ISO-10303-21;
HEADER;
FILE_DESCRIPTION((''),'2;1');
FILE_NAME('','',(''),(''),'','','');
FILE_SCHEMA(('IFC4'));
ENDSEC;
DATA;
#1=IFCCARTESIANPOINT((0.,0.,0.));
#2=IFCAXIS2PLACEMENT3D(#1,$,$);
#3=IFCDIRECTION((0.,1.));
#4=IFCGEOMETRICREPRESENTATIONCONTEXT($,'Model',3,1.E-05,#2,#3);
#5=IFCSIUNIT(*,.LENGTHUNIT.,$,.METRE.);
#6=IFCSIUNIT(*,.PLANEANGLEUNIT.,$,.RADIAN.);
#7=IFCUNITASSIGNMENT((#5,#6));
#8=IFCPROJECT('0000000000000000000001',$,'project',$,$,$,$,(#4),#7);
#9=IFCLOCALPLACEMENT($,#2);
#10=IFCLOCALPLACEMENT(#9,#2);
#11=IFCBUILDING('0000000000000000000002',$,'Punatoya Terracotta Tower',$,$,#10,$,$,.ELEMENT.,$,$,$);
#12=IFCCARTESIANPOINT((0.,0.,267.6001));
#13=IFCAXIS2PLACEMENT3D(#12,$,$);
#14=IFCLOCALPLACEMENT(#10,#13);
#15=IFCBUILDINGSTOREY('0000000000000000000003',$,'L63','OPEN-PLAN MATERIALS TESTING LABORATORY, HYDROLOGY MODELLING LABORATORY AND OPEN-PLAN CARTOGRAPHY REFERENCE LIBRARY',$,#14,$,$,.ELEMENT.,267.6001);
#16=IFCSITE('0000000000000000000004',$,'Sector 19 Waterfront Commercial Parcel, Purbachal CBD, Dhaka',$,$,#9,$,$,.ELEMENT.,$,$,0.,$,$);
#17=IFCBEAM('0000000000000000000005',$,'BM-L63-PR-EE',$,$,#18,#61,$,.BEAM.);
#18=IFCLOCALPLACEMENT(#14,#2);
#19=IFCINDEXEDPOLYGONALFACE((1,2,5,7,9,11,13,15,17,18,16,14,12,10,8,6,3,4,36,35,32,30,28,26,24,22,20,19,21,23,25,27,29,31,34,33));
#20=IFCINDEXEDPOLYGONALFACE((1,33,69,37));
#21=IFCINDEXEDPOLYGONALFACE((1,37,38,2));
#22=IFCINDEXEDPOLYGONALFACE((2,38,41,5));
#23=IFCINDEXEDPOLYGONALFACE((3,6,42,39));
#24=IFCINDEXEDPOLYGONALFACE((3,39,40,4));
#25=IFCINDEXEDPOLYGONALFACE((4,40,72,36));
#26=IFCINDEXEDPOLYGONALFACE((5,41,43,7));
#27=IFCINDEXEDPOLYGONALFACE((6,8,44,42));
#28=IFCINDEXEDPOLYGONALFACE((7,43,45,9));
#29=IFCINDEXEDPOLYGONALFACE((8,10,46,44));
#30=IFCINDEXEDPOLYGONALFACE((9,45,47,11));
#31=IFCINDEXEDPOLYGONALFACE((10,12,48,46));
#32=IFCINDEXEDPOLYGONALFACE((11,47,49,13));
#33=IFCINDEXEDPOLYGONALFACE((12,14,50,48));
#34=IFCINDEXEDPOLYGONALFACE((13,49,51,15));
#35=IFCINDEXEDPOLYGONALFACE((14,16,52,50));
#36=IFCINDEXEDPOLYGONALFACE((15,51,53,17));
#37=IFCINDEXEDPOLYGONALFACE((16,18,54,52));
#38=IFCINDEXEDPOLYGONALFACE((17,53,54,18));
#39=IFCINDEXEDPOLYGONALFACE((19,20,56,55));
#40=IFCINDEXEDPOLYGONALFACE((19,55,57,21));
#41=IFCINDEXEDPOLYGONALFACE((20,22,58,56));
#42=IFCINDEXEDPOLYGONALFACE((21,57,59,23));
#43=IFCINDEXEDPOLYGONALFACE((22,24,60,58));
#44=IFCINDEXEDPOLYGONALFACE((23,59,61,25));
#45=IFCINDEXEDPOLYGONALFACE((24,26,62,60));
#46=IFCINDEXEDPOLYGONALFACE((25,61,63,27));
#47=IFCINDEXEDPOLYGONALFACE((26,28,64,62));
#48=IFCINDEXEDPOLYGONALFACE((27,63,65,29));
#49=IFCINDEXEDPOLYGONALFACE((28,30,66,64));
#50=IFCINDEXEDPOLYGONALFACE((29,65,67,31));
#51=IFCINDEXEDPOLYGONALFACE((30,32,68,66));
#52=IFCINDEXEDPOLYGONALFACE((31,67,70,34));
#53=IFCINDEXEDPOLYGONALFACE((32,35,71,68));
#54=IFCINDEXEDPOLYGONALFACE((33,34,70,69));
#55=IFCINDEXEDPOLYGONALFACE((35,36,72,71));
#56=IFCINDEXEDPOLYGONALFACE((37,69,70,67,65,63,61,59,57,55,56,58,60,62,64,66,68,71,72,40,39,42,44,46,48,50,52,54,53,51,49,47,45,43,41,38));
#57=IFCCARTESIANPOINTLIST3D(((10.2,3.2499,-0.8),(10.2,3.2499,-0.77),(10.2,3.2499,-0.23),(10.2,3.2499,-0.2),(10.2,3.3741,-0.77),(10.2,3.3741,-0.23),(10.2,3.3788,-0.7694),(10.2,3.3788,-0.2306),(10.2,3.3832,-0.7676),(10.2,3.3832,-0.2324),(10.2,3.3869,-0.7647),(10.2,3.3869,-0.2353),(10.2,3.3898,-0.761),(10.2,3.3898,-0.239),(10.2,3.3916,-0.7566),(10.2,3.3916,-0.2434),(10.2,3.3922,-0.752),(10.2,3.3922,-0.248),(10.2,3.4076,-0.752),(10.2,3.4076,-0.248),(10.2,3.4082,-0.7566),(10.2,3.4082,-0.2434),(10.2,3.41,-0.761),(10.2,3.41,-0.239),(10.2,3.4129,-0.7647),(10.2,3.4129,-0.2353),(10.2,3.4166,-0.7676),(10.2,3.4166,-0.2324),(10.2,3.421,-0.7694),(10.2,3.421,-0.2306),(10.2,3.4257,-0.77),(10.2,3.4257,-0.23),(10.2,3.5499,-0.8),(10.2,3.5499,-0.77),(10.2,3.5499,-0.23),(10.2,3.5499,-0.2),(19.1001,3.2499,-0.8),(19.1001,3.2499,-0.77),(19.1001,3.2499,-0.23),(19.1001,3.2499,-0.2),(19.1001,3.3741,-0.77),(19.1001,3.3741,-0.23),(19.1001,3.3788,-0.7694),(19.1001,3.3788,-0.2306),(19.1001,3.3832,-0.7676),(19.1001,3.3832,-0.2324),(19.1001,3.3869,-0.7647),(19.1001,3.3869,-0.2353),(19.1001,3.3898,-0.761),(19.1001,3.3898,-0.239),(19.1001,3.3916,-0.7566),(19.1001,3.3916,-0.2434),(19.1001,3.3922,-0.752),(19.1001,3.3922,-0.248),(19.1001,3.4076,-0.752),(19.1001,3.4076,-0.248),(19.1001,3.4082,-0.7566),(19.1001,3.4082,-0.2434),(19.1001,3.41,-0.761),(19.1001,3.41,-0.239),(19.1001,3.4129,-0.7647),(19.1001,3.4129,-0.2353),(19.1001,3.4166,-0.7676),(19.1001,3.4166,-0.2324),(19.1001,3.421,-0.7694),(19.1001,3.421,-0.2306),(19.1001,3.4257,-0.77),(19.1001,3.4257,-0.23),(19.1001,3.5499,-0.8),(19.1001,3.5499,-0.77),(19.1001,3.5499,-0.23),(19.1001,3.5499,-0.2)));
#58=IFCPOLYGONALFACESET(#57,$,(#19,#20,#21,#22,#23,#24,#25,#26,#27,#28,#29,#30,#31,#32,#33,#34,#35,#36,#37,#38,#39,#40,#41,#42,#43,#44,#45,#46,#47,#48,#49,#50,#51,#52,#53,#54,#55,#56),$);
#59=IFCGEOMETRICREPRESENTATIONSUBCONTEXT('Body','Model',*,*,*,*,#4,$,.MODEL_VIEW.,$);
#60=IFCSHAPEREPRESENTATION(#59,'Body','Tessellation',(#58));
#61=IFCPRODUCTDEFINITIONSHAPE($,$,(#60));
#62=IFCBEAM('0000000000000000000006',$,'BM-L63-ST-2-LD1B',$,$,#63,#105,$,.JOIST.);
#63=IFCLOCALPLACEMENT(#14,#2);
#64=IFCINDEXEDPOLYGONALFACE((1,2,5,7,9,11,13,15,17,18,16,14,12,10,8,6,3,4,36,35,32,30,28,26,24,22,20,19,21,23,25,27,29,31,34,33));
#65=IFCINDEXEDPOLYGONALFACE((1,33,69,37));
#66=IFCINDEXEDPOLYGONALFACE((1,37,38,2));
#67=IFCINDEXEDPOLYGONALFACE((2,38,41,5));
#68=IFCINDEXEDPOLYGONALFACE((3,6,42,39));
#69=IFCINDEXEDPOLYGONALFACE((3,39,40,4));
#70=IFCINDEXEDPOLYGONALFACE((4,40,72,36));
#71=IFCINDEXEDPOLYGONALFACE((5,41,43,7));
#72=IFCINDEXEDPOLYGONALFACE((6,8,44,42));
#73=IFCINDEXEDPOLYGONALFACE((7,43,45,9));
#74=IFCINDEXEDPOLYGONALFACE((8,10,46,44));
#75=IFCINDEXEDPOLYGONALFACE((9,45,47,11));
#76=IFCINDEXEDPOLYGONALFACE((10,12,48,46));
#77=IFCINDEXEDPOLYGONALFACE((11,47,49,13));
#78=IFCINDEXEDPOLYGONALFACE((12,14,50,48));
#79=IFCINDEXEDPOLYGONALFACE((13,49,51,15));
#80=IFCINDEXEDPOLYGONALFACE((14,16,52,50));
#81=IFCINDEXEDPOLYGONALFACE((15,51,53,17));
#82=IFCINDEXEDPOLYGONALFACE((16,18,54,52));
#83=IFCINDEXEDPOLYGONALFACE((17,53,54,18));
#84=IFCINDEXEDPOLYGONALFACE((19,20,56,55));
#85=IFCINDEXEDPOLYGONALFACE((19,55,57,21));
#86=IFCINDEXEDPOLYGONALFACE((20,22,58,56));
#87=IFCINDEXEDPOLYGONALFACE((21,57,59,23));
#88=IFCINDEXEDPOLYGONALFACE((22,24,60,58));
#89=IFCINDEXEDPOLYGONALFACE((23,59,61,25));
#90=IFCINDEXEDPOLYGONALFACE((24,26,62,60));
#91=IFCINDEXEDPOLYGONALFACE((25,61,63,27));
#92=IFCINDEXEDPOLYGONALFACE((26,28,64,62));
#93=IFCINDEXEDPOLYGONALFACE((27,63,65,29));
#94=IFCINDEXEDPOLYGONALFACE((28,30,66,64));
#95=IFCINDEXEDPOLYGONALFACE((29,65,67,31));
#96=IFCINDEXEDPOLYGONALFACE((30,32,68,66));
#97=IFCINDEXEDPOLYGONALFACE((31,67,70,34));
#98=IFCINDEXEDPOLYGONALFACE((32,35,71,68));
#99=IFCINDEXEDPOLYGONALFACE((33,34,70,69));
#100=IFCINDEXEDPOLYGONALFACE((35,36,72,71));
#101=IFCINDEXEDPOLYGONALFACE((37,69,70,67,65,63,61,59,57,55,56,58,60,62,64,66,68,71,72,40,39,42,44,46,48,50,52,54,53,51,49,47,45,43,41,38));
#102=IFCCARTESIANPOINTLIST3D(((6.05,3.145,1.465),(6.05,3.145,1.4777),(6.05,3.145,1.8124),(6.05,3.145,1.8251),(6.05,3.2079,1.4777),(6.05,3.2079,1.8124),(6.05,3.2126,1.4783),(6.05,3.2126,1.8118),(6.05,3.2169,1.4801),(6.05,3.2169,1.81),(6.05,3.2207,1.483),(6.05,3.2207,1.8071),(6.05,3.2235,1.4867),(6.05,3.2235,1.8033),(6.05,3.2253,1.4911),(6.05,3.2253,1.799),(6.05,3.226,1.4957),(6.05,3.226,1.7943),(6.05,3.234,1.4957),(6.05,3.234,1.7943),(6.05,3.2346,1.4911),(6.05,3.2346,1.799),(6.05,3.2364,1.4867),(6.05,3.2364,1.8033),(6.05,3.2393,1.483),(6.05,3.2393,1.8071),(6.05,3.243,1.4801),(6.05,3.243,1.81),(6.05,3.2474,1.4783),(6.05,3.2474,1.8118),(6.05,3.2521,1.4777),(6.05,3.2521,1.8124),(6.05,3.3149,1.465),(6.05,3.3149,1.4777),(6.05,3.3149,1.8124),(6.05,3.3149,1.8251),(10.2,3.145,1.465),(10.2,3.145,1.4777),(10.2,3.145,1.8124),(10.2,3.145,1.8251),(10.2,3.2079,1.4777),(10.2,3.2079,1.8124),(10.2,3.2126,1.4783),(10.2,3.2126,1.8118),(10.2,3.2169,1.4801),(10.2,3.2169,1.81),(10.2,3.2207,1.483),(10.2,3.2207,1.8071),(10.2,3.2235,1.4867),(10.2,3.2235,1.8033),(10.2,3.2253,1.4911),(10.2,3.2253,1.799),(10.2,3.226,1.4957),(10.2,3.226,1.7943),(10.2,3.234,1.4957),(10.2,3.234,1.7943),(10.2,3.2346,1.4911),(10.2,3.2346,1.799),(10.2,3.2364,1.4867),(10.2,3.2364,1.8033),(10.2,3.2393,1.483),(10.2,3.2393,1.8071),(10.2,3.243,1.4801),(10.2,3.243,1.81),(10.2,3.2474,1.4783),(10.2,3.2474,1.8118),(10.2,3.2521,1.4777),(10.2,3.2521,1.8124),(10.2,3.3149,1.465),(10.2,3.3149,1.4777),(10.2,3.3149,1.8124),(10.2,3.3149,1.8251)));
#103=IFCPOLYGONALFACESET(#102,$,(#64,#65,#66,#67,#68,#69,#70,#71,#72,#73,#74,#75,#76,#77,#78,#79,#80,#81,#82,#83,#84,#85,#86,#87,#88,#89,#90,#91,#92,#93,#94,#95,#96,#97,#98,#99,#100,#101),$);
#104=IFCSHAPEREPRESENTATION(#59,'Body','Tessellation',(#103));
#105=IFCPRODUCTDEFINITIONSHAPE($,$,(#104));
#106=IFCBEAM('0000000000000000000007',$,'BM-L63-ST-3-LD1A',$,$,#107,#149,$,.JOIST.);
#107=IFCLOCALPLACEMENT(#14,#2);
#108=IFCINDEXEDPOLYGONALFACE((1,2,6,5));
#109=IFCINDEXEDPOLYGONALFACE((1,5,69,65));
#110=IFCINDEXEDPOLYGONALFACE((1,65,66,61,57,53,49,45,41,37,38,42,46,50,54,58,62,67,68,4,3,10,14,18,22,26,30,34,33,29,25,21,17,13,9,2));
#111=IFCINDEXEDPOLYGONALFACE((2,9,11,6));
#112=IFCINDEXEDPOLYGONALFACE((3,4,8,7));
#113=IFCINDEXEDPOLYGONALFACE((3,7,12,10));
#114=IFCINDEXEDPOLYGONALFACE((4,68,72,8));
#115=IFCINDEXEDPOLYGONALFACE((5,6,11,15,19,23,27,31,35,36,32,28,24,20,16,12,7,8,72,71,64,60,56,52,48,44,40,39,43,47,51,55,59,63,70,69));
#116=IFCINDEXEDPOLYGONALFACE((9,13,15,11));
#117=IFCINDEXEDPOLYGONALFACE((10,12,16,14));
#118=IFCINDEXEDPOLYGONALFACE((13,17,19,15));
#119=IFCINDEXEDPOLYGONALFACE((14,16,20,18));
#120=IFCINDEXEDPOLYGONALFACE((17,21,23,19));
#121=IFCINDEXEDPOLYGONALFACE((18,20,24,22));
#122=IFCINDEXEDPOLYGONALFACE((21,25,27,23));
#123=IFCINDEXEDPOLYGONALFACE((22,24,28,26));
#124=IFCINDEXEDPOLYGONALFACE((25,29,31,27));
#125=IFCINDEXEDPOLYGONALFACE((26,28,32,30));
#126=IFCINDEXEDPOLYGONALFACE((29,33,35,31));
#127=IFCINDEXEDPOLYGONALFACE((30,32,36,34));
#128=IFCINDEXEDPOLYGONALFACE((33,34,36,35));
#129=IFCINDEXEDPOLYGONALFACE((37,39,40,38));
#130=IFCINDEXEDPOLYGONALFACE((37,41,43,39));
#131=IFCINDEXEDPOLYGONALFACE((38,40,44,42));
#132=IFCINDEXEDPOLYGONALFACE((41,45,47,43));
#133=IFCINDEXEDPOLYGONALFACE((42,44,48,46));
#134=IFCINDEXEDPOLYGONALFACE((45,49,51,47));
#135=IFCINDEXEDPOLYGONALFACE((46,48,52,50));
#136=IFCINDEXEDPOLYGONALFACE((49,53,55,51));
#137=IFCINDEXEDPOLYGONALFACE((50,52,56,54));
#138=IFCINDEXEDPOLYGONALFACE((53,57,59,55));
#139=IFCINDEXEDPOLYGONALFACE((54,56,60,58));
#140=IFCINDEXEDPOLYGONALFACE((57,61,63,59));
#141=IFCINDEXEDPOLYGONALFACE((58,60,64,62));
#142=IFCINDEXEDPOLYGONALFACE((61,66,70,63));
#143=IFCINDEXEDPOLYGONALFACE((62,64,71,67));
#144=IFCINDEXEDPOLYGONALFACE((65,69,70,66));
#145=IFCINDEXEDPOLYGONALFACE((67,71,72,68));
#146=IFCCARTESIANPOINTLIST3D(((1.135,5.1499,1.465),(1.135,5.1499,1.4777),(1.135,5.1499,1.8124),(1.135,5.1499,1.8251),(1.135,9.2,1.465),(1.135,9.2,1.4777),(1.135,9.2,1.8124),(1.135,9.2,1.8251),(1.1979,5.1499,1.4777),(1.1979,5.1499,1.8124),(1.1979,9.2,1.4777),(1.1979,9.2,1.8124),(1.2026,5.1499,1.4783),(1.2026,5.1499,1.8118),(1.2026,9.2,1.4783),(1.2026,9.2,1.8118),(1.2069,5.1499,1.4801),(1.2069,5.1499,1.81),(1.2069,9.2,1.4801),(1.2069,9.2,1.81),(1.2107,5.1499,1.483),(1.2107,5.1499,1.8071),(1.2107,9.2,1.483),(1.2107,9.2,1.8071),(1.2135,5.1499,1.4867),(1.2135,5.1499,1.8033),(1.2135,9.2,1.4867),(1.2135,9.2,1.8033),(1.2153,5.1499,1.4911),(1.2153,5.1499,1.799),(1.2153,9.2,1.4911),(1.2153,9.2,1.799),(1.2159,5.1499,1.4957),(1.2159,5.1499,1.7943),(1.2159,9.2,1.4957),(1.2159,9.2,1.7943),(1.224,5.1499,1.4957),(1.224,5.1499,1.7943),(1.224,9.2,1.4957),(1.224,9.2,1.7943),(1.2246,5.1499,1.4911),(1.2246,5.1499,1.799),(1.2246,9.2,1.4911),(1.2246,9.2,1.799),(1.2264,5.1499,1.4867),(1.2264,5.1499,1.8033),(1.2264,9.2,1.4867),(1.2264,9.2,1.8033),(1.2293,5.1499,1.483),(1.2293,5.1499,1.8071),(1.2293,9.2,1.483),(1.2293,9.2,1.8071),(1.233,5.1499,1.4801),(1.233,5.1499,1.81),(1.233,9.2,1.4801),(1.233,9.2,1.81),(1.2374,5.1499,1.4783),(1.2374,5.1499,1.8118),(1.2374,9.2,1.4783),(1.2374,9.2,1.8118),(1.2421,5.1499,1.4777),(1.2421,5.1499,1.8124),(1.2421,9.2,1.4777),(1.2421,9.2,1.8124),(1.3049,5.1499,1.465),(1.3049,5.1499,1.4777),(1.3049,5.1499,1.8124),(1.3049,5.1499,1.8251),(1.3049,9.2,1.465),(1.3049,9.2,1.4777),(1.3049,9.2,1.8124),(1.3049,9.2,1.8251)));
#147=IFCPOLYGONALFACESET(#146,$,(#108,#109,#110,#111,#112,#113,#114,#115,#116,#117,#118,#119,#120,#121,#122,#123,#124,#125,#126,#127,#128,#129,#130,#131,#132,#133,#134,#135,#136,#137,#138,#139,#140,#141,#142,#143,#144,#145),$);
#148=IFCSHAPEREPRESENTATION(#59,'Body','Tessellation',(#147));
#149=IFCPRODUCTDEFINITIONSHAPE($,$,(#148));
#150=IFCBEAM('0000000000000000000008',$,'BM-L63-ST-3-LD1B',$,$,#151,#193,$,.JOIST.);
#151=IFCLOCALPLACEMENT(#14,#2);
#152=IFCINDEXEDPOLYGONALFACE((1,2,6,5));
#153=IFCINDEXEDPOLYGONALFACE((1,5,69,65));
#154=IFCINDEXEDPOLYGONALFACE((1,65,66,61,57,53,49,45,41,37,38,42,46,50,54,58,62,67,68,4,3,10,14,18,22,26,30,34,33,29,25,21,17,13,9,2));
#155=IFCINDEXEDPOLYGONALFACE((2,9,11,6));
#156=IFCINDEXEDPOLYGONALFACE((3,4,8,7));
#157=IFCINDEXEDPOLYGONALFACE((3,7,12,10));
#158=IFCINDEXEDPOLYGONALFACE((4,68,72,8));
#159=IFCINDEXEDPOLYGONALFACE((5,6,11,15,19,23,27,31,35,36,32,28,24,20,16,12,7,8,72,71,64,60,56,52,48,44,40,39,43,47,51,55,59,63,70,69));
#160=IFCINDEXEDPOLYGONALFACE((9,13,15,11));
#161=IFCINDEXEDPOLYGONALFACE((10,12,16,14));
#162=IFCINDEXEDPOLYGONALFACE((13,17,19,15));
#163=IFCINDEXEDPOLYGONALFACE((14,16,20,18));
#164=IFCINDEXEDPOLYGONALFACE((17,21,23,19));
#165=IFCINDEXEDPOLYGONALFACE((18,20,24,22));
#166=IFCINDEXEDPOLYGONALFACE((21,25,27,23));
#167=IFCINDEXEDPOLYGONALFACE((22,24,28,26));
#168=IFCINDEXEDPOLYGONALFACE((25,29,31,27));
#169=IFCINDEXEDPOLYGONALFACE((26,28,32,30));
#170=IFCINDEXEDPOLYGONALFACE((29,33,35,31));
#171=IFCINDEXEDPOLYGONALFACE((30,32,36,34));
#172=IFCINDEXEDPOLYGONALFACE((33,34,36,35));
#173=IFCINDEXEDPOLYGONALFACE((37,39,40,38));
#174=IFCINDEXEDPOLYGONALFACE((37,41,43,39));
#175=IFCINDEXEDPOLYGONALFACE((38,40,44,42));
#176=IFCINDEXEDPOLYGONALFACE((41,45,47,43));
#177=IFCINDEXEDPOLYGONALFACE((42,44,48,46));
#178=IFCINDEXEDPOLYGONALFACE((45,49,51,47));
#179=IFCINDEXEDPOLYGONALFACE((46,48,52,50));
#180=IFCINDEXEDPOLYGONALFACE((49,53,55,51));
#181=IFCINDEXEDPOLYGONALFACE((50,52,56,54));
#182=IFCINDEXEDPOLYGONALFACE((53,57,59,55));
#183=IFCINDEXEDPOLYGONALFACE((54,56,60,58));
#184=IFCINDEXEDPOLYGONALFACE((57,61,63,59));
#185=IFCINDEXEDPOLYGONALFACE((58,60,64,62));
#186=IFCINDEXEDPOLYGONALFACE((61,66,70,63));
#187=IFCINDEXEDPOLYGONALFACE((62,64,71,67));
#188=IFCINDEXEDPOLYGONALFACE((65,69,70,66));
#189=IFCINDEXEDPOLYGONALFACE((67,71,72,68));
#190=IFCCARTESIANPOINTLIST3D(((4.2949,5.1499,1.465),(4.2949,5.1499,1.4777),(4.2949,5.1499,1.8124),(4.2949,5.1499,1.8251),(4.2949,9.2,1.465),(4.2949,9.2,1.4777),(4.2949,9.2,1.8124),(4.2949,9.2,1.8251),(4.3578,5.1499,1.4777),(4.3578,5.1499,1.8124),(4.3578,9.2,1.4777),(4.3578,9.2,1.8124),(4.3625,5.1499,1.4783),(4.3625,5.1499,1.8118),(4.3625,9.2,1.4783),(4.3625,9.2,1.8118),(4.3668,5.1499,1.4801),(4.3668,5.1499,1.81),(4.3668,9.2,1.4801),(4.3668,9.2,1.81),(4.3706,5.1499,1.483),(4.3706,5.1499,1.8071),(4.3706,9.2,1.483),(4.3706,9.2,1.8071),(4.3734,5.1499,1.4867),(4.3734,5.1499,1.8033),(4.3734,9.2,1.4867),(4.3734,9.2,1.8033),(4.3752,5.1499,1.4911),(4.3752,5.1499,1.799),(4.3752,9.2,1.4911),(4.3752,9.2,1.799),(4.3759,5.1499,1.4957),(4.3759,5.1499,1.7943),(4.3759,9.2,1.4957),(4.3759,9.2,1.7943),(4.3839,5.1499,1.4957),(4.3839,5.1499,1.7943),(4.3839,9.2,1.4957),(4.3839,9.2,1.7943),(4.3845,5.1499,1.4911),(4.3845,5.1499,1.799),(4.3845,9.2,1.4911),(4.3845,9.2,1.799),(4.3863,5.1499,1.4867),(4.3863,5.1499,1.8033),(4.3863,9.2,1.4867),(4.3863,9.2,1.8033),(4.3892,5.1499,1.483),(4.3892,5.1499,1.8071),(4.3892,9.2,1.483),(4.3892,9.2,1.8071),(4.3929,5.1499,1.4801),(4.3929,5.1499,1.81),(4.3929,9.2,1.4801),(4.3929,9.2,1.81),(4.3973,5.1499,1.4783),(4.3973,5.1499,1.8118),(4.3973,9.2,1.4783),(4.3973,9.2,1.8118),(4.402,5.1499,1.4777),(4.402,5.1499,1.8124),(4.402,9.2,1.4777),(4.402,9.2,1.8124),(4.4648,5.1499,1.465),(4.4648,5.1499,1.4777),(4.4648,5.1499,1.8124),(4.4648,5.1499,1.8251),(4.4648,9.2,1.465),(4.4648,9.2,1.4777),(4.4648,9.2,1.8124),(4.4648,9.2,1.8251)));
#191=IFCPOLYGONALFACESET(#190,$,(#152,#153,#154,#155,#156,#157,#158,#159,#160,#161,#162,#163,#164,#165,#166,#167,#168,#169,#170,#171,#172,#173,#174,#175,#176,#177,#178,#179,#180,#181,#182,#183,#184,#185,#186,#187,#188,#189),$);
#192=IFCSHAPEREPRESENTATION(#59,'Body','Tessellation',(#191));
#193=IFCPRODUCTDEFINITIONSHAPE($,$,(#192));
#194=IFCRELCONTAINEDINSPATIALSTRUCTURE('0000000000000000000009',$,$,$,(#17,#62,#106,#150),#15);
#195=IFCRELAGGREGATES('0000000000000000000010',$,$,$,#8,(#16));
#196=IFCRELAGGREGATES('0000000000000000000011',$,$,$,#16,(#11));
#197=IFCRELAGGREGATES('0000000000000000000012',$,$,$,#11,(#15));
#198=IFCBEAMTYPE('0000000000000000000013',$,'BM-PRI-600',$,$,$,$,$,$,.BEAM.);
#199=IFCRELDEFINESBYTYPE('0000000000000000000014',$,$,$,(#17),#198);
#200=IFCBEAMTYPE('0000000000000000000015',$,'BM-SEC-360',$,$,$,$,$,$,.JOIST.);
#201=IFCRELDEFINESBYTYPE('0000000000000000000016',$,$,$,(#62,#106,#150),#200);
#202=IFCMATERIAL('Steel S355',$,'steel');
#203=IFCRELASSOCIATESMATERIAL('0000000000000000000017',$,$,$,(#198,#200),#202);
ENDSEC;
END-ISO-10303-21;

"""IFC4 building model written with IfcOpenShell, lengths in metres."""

from ifc_helpers import new_model, si_unit, direction, frame, origin, origin_2d, place, context, subcontext, project, spatial, i_section, extrude, material, material_profile, profile_set, type_object, element, save


model = new_model("IFC4")

# Units and contexts
model_context = context("Model", 3, precision=1e-05, world=origin(), true_north=direction((0.0, 1.0)))
body_context = subcontext(model_context, "Body", "Model", "MODEL_VIEW")
ifc_project = project(units=[si_unit("LENGTHUNIT", "METRE"), si_unit("PLANEANGLEUNIT", "RADIAN")], contexts=[model_context])

# Site, building, storey
site_placement = place(None, origin())
site = spatial("IfcSite", under=ifc_project, at=site_placement, Name="Sector 19 Waterfront Commercial Parcel, Purbachal CBD, Dhaka", CompositionType="ELEMENT", RefElevation=0.0)
building_placement = place(site_placement, origin())
building = spatial("IfcBuilding", under=site, at=building_placement, Name="Punatoya Terracotta Tower", CompositionType="ELEMENT")
storey_placement = place(building_placement, frame((0.0, 0.0, 267.6001)))
storey = spatial("IfcBuildingStorey", under=building, at=storey_placement, Name="L63", Description="OPEN-PLAN MATERIALS TESTING LABORATORY, HYDROLOGY MODELLING LABORATORY AND OPEN-PLAN CARTOGRAPHY REFERENCE LIBRARY", CompositionType="ELEMENT", Elevation=267.6001)

# Beams
ifc_material_1 = material(Name="Steel S355", Category="steel")
ifc_material_profile_1 = material_profile(ifc_material_1, i_section(OverallWidth=0.3, OverallDepth=0.6001, WebThickness=0.0154, FlangeThickness=0.03, FilletRadius=0.0181, at=origin_2d()))
ifc_profile_set_1 = profile_set([ifc_material_profile_1], Name="Steel S355")
beam_type_1 = type_object("IfcBeamType", Name="BM-PRI-600", PredefinedType="BEAM", material=ifc_profile_set_1)
beam_1_placement = place(storey_placement, frame((10.2, 3.3999, -0.5), z_axis=(1.0, 0.0, 0.0), x_axis=(0.0, 1.0, 0.0)))
element("IfcBeam", 1, at=beam_1_placement, inside=storey, type_object=beam_type_1, Name="BM-L63-PR-EE", PredefinedType="BEAM", context=body_context, shape_type="SweptSolid", body=[
    extrude(i_section(OverallWidth=0.3, OverallDepth=0.6001, WebThickness=0.0154, FlangeThickness=0.03, FilletRadius=0.0181, at=origin_2d()), origin(), (0.0, 0.0, 1.0), 8.9001),
])
ifc_material_profile_2 = material_profile(ifc_material_1, i_section(OverallWidth=0.1699, OverallDepth=0.3601, WebThickness=0.0081, FlangeThickness=0.0127, FilletRadius=0.0181, at=origin_2d()))
ifc_profile_set_2 = profile_set([ifc_material_profile_2], Name="Steel S355")
beam_type_2 = type_object("IfcBeamType", Name="BM-SEC-360", PredefinedType="JOIST", material=ifc_profile_set_2)
beam_2_placement = place(storey_placement, frame((6.05, 3.23, 1.645), z_axis=(1.0, 0.0, 0.0), x_axis=(0.0, 1.0, 0.0)))
element("IfcBeam", 2, at=beam_2_placement, inside=storey, type_object=beam_type_2, Name="BM-L63-ST-2-LD1B", PredefinedType="JOIST", context=body_context, shape_type="SweptSolid", body=[
    extrude(i_section(OverallWidth=0.1699, OverallDepth=0.3601, WebThickness=0.0081, FlangeThickness=0.0127, FilletRadius=0.0181, at=origin_2d()), origin(), (0.0, 0.0, 1.0), 4.1499),
])
for number, where, z_axis, x_axis, name in (
    (3, (1.22, 5.1499, 1.645), (0.0, 1.0, 0.0), (-1.0, 0.0, 0.0), "BM-L63-ST-3-LD1A"),
    (4, (4.3799, 5.1499, 1.645), (0.0, 1.0, 0.0), (-1.0, 0.0, 0.0), "BM-L63-ST-3-LD1B"),
):
    element("IfcBeam", number, at=place(storey_placement, frame(where, z_axis=z_axis, x_axis=x_axis)), inside=storey, type_object=beam_type_2, Name=name, PredefinedType="JOIST", context=body_context, shape_type="SweptSolid", body=[
        extrude(i_section(OverallWidth=0.1699, OverallDepth=0.3601, WebThickness=0.0081, FlangeThickness=0.0127, FilletRadius=0.0181, at=origin_2d()), origin(), (0.0, 0.0, 1.0), 4.05),
    ])

save(model, "model.ifc")
